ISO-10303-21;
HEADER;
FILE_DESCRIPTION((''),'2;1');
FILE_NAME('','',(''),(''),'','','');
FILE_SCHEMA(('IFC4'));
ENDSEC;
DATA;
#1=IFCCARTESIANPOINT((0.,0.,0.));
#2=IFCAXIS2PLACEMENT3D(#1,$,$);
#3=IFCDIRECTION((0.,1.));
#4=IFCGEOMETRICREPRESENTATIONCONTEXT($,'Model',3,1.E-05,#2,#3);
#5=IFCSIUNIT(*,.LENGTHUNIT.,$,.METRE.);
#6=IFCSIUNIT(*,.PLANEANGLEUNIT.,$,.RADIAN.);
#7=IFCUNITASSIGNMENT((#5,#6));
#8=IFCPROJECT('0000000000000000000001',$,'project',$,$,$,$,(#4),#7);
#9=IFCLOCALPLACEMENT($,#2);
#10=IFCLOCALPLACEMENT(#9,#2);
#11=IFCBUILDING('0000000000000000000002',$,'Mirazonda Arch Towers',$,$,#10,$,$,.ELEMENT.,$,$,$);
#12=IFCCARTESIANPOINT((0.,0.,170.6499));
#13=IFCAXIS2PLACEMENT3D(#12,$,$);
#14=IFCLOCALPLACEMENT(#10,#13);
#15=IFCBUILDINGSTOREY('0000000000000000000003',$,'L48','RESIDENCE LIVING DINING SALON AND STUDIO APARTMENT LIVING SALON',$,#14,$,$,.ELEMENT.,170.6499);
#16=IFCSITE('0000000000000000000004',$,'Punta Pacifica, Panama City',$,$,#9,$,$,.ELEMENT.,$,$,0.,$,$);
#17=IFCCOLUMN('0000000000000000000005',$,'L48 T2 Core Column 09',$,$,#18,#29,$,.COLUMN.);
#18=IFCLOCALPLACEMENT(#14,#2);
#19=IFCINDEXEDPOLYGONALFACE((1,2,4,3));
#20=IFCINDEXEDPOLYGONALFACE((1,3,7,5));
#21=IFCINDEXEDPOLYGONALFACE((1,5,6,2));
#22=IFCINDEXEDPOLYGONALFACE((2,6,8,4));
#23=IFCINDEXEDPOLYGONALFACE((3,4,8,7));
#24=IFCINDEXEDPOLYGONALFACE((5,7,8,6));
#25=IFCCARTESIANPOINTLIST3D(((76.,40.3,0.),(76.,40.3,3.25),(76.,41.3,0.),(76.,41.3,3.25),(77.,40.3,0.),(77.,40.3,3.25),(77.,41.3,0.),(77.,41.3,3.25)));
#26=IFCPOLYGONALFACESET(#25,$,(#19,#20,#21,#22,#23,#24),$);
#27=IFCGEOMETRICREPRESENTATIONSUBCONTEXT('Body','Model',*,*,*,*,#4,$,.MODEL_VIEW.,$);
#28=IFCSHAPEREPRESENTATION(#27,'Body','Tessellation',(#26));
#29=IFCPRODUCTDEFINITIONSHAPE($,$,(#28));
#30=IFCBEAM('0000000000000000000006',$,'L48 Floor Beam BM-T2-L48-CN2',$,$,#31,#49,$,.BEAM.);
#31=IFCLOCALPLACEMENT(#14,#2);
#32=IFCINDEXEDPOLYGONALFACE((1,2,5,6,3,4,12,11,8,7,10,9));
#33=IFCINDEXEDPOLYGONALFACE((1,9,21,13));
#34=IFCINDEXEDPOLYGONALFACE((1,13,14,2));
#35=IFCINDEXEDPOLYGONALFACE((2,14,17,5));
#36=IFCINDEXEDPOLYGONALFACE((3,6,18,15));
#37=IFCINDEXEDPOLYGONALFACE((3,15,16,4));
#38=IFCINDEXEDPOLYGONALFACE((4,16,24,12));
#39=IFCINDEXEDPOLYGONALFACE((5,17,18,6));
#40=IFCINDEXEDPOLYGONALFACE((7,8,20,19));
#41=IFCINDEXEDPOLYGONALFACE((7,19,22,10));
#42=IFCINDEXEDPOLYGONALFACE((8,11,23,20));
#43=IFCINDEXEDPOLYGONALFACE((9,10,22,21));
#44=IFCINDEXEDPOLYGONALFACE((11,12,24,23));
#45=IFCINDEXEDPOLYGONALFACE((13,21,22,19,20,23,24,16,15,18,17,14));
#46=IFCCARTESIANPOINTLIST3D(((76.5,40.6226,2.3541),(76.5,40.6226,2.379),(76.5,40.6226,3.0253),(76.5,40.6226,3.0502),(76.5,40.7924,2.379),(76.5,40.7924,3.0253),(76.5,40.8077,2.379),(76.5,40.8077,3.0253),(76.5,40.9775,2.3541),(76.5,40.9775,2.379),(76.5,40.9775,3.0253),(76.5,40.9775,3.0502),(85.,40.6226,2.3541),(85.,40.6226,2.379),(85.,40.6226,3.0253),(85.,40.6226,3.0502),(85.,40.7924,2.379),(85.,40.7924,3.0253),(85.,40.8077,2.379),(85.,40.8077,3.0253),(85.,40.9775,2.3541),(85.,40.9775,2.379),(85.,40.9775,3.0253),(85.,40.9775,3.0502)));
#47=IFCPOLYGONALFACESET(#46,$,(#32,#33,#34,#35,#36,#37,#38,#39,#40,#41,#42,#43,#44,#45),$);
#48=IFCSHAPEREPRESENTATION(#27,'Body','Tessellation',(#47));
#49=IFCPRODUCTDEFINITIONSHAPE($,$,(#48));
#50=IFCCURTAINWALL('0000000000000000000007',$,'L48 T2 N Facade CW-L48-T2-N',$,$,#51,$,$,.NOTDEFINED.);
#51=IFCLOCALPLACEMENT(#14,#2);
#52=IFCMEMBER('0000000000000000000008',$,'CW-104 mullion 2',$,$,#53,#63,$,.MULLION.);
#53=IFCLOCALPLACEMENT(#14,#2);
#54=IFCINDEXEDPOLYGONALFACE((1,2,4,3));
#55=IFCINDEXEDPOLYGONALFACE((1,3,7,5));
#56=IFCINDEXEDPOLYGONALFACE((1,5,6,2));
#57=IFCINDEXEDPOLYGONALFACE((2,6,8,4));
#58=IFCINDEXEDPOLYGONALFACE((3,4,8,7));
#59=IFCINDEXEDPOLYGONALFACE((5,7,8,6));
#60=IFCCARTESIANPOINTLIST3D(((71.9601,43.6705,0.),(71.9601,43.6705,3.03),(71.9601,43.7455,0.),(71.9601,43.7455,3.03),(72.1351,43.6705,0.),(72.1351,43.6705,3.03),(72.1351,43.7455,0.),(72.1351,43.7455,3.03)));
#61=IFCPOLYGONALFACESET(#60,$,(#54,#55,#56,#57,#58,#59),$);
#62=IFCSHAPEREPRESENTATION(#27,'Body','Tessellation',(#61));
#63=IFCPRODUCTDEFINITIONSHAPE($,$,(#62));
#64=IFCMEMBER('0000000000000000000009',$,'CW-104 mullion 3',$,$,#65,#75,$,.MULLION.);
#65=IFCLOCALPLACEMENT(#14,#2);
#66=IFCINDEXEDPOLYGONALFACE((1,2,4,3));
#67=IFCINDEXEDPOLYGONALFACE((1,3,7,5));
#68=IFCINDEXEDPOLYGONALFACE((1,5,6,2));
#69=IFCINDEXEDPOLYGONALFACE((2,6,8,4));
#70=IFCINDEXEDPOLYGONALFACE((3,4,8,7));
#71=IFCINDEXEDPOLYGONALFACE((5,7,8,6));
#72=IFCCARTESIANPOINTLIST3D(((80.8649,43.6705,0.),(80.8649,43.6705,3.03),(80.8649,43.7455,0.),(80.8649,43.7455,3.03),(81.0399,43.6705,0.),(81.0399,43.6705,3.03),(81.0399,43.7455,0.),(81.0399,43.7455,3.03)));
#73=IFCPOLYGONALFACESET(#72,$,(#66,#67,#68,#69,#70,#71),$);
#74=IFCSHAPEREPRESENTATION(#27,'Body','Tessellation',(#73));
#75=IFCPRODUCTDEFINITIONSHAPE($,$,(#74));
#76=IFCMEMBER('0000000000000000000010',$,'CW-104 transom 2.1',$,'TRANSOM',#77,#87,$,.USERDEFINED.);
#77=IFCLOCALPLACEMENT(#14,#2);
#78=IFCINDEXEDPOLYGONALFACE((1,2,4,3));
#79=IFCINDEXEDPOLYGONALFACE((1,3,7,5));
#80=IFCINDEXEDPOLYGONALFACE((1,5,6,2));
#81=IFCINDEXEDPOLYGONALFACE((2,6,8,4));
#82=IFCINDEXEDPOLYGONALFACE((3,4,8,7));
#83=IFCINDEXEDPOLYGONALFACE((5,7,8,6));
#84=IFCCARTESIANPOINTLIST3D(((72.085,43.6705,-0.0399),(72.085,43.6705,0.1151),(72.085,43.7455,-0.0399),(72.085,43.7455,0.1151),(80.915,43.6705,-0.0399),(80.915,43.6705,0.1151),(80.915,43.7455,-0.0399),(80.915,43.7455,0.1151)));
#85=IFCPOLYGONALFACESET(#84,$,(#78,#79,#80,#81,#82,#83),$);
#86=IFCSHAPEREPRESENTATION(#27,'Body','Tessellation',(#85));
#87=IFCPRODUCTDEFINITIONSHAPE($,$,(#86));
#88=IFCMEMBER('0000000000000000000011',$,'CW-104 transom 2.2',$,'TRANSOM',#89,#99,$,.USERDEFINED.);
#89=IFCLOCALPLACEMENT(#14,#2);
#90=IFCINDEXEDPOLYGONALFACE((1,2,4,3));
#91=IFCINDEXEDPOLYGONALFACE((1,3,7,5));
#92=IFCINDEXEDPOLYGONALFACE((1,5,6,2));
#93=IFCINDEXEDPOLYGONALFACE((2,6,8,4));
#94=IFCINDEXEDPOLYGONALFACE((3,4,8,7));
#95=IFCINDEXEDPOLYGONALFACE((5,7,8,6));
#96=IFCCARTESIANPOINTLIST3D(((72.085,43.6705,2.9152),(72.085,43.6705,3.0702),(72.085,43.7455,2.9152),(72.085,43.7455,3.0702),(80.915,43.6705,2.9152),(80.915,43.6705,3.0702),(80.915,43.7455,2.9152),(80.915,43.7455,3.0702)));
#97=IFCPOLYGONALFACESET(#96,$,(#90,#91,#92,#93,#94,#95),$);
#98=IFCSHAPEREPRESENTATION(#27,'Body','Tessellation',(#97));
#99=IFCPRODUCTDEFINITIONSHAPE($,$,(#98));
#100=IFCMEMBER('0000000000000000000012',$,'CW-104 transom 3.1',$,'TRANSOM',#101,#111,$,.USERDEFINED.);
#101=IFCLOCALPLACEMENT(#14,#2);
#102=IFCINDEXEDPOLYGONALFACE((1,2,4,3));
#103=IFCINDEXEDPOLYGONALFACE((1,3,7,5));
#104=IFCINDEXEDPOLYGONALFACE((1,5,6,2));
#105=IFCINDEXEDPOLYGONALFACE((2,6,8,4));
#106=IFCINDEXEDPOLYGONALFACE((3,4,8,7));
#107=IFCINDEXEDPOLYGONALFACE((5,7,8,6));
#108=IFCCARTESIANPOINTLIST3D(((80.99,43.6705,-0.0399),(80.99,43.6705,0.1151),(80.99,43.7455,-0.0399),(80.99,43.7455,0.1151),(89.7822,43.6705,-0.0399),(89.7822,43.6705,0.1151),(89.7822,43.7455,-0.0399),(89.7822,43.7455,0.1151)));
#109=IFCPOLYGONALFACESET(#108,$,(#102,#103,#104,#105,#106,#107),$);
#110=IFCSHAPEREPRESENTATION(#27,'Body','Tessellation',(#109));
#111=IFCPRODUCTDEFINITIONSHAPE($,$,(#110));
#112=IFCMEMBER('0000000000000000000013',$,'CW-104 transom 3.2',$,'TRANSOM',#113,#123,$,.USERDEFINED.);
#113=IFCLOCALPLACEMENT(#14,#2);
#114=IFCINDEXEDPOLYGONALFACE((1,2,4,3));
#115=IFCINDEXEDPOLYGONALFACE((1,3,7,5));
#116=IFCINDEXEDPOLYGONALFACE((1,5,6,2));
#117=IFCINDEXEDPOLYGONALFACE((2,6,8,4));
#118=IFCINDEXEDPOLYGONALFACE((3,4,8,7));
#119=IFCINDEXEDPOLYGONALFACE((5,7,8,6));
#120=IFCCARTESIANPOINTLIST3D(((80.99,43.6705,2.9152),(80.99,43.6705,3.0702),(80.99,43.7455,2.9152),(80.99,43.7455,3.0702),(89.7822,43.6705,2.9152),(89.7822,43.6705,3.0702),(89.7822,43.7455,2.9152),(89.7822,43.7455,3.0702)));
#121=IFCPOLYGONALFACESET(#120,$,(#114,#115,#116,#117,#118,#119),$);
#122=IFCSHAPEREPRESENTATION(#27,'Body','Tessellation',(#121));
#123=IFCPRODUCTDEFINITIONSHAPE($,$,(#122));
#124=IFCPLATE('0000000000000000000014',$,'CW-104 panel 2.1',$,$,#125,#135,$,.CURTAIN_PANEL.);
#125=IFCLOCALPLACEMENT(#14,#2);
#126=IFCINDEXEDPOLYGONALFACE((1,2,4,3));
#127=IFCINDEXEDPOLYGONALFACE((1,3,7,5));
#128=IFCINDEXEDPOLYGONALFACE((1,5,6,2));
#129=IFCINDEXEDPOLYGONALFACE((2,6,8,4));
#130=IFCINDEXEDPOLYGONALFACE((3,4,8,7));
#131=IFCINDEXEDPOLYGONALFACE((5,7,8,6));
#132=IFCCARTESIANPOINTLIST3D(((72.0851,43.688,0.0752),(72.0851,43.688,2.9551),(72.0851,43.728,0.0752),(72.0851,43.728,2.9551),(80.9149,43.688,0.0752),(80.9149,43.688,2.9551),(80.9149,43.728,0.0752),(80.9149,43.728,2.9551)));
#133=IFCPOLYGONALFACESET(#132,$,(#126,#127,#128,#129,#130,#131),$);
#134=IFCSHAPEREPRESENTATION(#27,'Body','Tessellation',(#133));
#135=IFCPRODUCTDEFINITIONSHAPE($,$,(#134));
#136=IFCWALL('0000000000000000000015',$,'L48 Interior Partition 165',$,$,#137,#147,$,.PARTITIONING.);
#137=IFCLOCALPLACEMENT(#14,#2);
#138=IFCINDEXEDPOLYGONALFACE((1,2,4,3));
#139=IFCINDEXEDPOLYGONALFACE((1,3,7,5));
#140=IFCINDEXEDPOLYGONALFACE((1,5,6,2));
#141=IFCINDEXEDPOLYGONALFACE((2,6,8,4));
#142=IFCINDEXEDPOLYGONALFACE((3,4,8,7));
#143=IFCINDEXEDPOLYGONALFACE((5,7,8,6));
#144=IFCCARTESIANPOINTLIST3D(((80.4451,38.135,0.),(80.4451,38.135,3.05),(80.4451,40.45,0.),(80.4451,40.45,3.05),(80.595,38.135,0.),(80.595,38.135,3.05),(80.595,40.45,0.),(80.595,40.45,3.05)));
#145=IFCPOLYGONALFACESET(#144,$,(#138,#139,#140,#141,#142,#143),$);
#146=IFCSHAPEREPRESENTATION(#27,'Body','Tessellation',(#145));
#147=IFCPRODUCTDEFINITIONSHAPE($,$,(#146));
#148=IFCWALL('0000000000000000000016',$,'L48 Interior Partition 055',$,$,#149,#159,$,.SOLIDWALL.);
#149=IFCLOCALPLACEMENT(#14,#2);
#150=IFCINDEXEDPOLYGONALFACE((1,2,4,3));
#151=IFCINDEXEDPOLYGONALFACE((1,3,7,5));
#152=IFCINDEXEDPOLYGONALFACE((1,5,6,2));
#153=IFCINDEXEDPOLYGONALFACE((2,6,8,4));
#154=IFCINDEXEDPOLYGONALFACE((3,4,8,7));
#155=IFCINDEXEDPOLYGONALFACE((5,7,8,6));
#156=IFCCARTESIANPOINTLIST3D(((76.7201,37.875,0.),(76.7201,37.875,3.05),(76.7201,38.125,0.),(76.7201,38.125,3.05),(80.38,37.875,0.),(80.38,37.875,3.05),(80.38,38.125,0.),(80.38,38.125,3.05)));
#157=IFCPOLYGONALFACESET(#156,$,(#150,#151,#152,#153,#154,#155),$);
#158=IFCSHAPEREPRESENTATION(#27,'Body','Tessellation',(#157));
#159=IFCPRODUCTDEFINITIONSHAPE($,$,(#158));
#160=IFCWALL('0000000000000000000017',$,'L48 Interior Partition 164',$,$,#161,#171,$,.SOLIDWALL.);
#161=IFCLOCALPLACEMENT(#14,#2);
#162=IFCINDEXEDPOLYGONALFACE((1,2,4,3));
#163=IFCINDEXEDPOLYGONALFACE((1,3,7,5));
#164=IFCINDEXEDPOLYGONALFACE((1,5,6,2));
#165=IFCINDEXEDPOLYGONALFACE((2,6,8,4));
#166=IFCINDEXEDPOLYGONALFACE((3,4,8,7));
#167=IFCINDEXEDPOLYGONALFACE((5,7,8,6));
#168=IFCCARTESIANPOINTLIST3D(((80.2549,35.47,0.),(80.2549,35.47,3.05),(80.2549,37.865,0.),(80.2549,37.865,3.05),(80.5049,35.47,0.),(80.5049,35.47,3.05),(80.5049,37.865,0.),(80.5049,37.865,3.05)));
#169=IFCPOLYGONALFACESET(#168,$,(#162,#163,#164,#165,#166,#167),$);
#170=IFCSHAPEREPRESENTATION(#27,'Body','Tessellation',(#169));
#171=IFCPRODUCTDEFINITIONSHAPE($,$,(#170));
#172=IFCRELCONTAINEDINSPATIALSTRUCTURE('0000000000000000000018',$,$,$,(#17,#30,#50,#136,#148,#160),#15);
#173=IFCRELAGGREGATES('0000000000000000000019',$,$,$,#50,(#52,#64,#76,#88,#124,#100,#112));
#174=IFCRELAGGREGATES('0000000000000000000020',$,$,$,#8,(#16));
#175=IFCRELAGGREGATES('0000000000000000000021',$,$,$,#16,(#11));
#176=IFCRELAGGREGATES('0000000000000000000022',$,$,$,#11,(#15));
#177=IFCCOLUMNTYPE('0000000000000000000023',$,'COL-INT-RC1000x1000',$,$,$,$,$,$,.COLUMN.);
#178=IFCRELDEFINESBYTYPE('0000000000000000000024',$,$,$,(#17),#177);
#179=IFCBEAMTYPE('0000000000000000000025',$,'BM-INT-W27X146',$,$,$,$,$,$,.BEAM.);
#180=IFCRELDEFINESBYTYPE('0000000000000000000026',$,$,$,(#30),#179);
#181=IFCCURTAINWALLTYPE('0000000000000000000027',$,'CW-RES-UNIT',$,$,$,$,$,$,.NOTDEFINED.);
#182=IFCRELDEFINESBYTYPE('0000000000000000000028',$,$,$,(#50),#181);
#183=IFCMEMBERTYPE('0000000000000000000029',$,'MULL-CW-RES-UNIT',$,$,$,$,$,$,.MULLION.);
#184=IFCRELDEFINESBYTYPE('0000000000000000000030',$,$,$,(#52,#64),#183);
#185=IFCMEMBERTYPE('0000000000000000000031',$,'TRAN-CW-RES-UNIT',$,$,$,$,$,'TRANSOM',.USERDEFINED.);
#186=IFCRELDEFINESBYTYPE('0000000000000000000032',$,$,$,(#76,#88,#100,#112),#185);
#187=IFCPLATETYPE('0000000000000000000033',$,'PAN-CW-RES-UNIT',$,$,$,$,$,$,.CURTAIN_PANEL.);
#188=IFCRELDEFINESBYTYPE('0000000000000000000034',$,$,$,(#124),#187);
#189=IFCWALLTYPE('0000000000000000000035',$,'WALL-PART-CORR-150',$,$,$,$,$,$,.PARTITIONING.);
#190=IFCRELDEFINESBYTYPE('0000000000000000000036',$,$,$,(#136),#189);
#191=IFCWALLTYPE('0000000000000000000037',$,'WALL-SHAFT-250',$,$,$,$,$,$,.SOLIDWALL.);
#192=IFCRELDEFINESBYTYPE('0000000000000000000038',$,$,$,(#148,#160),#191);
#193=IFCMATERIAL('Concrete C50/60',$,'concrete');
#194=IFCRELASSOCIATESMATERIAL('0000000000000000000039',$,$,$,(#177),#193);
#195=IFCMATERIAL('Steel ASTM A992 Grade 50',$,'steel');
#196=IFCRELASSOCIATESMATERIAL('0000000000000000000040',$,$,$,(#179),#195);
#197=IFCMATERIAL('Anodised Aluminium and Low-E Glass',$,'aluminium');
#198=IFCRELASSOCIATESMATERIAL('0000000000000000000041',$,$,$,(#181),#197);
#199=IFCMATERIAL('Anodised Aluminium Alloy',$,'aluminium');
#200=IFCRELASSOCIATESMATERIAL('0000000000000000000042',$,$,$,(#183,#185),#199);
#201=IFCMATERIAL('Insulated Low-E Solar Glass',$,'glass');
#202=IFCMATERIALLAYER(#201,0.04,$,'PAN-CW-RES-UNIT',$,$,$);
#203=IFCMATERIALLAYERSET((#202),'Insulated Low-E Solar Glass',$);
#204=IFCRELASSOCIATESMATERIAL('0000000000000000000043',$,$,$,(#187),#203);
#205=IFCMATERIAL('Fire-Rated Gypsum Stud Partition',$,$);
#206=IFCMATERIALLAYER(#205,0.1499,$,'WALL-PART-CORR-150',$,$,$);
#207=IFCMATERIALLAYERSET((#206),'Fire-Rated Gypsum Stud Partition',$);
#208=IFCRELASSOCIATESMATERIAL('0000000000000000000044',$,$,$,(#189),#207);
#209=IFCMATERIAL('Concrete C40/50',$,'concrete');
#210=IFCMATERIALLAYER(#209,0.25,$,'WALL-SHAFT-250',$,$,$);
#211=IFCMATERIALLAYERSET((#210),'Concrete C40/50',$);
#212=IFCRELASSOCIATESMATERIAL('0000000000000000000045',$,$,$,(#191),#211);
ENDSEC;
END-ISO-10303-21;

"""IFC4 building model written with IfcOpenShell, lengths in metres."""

from ifc_helpers import new_model, si_unit, direction, frame, frame_2d, origin, origin_2d, place, context, subcontext, project, spatial, rectangle, i_section, extrude, material, layer, layer_set, material_profile, profile_set, type_object, element, aggregate, save


model = new_model("IFC4")

# Units and contexts
model_context = context("Model", 3, precision=1e-05, world=origin(), true_north=direction((0.0, 1.0)))
body_context = subcontext(model_context, "Body", "Model", "MODEL_VIEW")
ifc_project = project(units=[si_unit("LENGTHUNIT", "METRE"), si_unit("PLANEANGLEUNIT", "RADIAN")], contexts=[model_context])

# Site, building, storey
site_placement = place(None, origin())
site = spatial("IfcSite", under=ifc_project, at=site_placement, Name="Punta Pacifica, Panama City", CompositionType="ELEMENT", RefElevation=0.0)
building_placement = place(site_placement, origin())
building = spatial("IfcBuilding", under=site, at=building_placement, Name="Mirazonda Arch Towers", CompositionType="ELEMENT")
storey_placement = place(building_placement, frame((0.0, 0.0, 170.6499)))
storey = spatial("IfcBuildingStorey", under=building, at=storey_placement, Name="L48", Description="RESIDENCE LIVING DINING SALON AND STUDIO APARTMENT LIVING SALON", CompositionType="ELEMENT", Elevation=170.6499)

# Column
ifc_material_1 = material(Name="Concrete C50/60", Category="concrete")
ifc_material_profile_1 = material_profile(ifc_material_1, rectangle(XDim=1.0, YDim=1.0, at=origin_2d()), Name="RC1000x1000")
ifc_profile_set_1 = profile_set([ifc_material_profile_1], Name="Concrete C50/60")
column_type = type_object("IfcColumnType", Name="COL-INT-RC1000x1000", PredefinedType="COLUMN", material=ifc_profile_set_1)
column_placement = place(storey_placement, frame((76.5, 40.8, 0.0), z_axis=(0.0, 0.0, 1.0), x_axis=(1.0, 0.0, 0.0)))
element("IfcColumn", 1, at=column_placement, inside=storey, type_object=column_type, Name="L48 T2 Core Column 09", PredefinedType="COLUMN", context=body_context, shape_type="SweptSolid", body=[
    extrude(rectangle(XDim=1.0, YDim=1.0, at=origin_2d()), origin(), (0.0, 0.0, 1.0), 3.25),
])

# Beam
ifc_material_2 = material(Name="Steel ASTM A992 Grade 50", Category="steel")
ifc_material_profile_2 = material_profile(ifc_material_2, i_section(OverallWidth=0.355, OverallDepth=0.696, WebThickness=0.0154, FlangeThickness=0.0249, at=origin_2d()), Name="W27X146")
ifc_profile_set_2 = profile_set([ifc_material_profile_2], Name="Steel ASTM A992 Grade 50")
beam_type = type_object("IfcBeamType", Name="BM-INT-W27X146", PredefinedType="BEAM", material=ifc_profile_set_2)
beam_placement = place(storey_placement, frame((76.5, 40.8, 2.7021), z_axis=(1.0, 0.0, 0.0), x_axis=(0.0, 1.0, 0.0)))
element("IfcBeam", 2, at=beam_placement, inside=storey, type_object=beam_type, Name="L48 Floor Beam BM-T2-L48-CN2", PredefinedType="BEAM", context=body_context, shape_type="SweptSolid", body=[
    extrude(i_section(OverallWidth=0.355, OverallDepth=0.696, WebThickness=0.0154, FlangeThickness=0.0249, at=origin_2d()), origin(), (0.0, 0.0, 1.0), 8.5),
])

# Curtain wall, members, plate
ifc_material_3 = material(Name="Anodised Aluminium and Low-E Glass", Category="aluminium")
curtain_wall_type = type_object("IfcCurtainWallType", Name="CW-RES-UNIT", PredefinedType="NOTDEFINED", material=ifc_material_3)
curtain_wall_placement = place(storey_placement, origin())
curtain_wall = element("IfcCurtainWall", 3, at=curtain_wall_placement, inside=storey, type_object=curtain_wall_type, Name="L48 T2 N Facade CW-L48-T2-N", PredefinedType="NOTDEFINED")
ifc_material_4 = material(Name="Anodised Aluminium Alloy", Category="aluminium")
ifc_material_profile_3 = material_profile(ifc_material_4, rectangle(XDim=0.075, YDim=0.175, at=origin_2d()), Name="ALU-MULL-75x175")
ifc_profile_set_3 = profile_set([ifc_material_profile_3], Name="Anodised Aluminium Alloy")
member_type_1 = type_object("IfcMemberType", Name="MULL-CW-RES-UNIT", PredefinedType="MULLION", material=ifc_profile_set_3)
member_1_placement = place(storey_placement, frame((72.0476, 43.708, 0.0), z_axis=(0.0, 0.0, 1.0), x_axis=(0.0, 1.0, 0.0)))
member_1 = element("IfcMember", 4, at=member_1_placement, type_object=member_type_1, Name="CW-104 mullion 2", PredefinedType="MULLION", context=body_context, shape_type="SweptSolid", body=[
    extrude(rectangle(XDim=0.075, YDim=0.175, at=origin_2d()), origin(), (0.0, 0.0, 1.0), 3.03),
])
member_2_placement = place(storey_placement, frame((80.9524, 43.708, 0.0), z_axis=(0.0, 0.0, 1.0), x_axis=(0.0, 1.0, 0.0)))
member_2 = element("IfcMember", 5, at=member_2_placement, type_object=member_type_1, Name="CW-104 mullion 3", PredefinedType="MULLION", context=body_context, shape_type="SweptSolid", body=[
    extrude(rectangle(XDim=0.075, YDim=0.175, at=origin_2d()), origin(), (0.0, 0.0, 1.0), 3.03),
])
ifc_material_profile_4 = material_profile(ifc_material_4, rectangle(XDim=0.075, YDim=0.155, at=origin_2d()), Name="ALU-TRAN-75x155")
ifc_profile_set_4 = profile_set([ifc_material_profile_4], Name="Anodised Aluminium Alloy")
member_type_2 = type_object("IfcMemberType", Name="TRAN-CW-RES-UNIT", ElementType="TRANSOM", PredefinedType="USERDEFINED", material=ifc_profile_set_4)
member_3_placement = place(storey_placement, frame((72.085, 43.708, 0.0376), z_axis=(1.0, 0.0, 0.0), x_axis=(0.0, 1.0, 0.0)))
member_3 = element("IfcMember", 6, at=member_3_placement, type_object=member_type_2, Name="CW-104 transom 2.1", ObjectType="TRANSOM", PredefinedType="USERDEFINED", context=body_context, shape_type="SweptSolid", body=[
    extrude(rectangle(XDim=0.075, YDim=0.155, at=origin_2d()), origin(), (0.0, 0.0, 1.0), 8.8301),
])
member_4_placement = place(storey_placement, frame((72.085, 43.708, 2.9927), z_axis=(1.0, 0.0, 0.0), x_axis=(0.0, 1.0, 0.0)))
member_4 = element("IfcMember", 7, at=member_4_placement, type_object=member_type_2, Name="CW-104 transom 2.2", ObjectType="TRANSOM", PredefinedType="USERDEFINED", context=body_context, shape_type="SweptSolid", body=[
    extrude(rectangle(XDim=0.075, YDim=0.155, at=origin_2d()), origin(), (0.0, 0.0, 1.0), 8.8301),
])
member_5_placement = place(storey_placement, frame((80.99, 43.708, 0.0376), z_axis=(1.0, 0.0, 0.0), x_axis=(0.0, 1.0, 0.0)))
member_5 = element("IfcMember", 8, at=member_5_placement, type_object=member_type_2, Name="CW-104 transom 3.1", ObjectType="TRANSOM", PredefinedType="USERDEFINED", context=body_context, shape_type="SweptSolid", body=[
    extrude(rectangle(XDim=0.075, YDim=0.155, at=origin_2d()), origin(), (0.0, 0.0, 1.0), 8.7922),
])
member_6_placement = place(storey_placement, frame((80.99, 43.708, 2.9927), z_axis=(1.0, 0.0, 0.0), x_axis=(0.0, 1.0, 0.0)))
member_6 = element("IfcMember", 9, at=member_6_placement, type_object=member_type_2, Name="CW-104 transom 3.2", ObjectType="TRANSOM", PredefinedType="USERDEFINED", context=body_context, shape_type="SweptSolid", body=[
    extrude(rectangle(XDim=0.075, YDim=0.155, at=origin_2d()), origin(), (0.0, 0.0, 1.0), 8.7922),
])
ifc_material_5 = material(Name="Insulated Low-E Solar Glass", Category="glass")
ifc_layer_1 = layer(ifc_material_5, 0.04, Name="PAN-CW-RES-UNIT")
ifc_layer_set_1 = layer_set([ifc_layer_1], Name="Insulated Low-E Solar Glass")
plate_type = type_object("IfcPlateType", Name="PAN-CW-RES-UNIT", PredefinedType="CURTAIN_PANEL", material=ifc_layer_set_1)
plate_placement = place(storey_placement, frame((76.5, 43.708, 0.0752), z_axis=(0.0, 0.0, 1.0), x_axis=(1.0, 0.0, 0.0)))
plate = element("IfcPlate", 10, at=plate_placement, type_object=plate_type, Name="CW-104 panel 2.1", PredefinedType="CURTAIN_PANEL", context=body_context, shape_type="SweptSolid", body=[
    extrude(rectangle(XDim=8.8298, YDim=0.04, at=origin_2d()), origin(), (0.0, 0.0, 1.0), 2.8799),
])
aggregate(curtain_wall, [member_1, member_2, member_3, member_4, plate, member_5, member_6])

# Walls
ifc_material_6 = material(Name="Fire-Rated Gypsum Stud Partition")
ifc_layer_2 = layer(ifc_material_6, 0.1499, Name="WALL-PART-CORR-150")
ifc_layer_set_2 = layer_set([ifc_layer_2], Name="Fire-Rated Gypsum Stud Partition")
wall_type_1 = type_object("IfcWallType", Name="WALL-PART-CORR-150", PredefinedType="PARTITIONING", material=ifc_layer_set_2)
wall_1_placement = place(storey_placement, frame((80.52, 38.135, 0.0), z_axis=(0.0, 0.0, 1.0), x_axis=(0.0, 1.0, 0.0)))
element("IfcWall", 11, at=wall_1_placement, inside=storey, type_object=wall_type_1, Name="L48 Interior Partition 165", PredefinedType="PARTITIONING", context=body_context, shape_type="SweptSolid", body=[
    extrude(rectangle(XDim=2.3149, YDim=0.1499, at=frame_2d((1.1575, 0.0))), origin(), (0.0, 0.0, 1.0), 3.05),
])
ifc_material_7 = material(Name="Concrete C40/50", Category="concrete")
ifc_layer_3 = layer(ifc_material_7, 0.25, Name="WALL-SHAFT-250")
ifc_layer_set_3 = layer_set([ifc_layer_3], Name="Concrete C40/50")
wall_type_2 = type_object("IfcWallType", Name="WALL-SHAFT-250", PredefinedType="SOLIDWALL", material=ifc_layer_set_3)
wall_2_placement = place(storey_placement, frame((76.72, 38.0, 0.0), z_axis=(0.0, 0.0, 1.0), x_axis=(1.0, 0.0, 0.0)))
element("IfcWall", 12, at=wall_2_placement, inside=storey, type_object=wall_type_2, Name="L48 Interior Partition 055", PredefinedType="SOLIDWALL", context=body_context, shape_type="SweptSolid", body=[
    extrude(rectangle(XDim=3.6599, YDim=0.25, at=frame_2d((1.8301, 0.0))), origin(), (0.0, 0.0, 1.0), 3.05),
])
wall_3_placement = place(storey_placement, frame((80.3799, 35.47, 0.0), z_axis=(0.0, 0.0, 1.0), x_axis=(0.0, 1.0, 0.0)))
element("IfcWall", 13, at=wall_3_placement, inside=storey, type_object=wall_type_2, Name="L48 Interior Partition 164", PredefinedType="SOLIDWALL", context=body_context, shape_type="SweptSolid", body=[
    extrude(rectangle(XDim=2.395, YDim=0.25, at=frame_2d((1.1975, 0.0))), origin(), (0.0, 0.0, 1.0), 3.05),
])

save(model, "model.ifc")
